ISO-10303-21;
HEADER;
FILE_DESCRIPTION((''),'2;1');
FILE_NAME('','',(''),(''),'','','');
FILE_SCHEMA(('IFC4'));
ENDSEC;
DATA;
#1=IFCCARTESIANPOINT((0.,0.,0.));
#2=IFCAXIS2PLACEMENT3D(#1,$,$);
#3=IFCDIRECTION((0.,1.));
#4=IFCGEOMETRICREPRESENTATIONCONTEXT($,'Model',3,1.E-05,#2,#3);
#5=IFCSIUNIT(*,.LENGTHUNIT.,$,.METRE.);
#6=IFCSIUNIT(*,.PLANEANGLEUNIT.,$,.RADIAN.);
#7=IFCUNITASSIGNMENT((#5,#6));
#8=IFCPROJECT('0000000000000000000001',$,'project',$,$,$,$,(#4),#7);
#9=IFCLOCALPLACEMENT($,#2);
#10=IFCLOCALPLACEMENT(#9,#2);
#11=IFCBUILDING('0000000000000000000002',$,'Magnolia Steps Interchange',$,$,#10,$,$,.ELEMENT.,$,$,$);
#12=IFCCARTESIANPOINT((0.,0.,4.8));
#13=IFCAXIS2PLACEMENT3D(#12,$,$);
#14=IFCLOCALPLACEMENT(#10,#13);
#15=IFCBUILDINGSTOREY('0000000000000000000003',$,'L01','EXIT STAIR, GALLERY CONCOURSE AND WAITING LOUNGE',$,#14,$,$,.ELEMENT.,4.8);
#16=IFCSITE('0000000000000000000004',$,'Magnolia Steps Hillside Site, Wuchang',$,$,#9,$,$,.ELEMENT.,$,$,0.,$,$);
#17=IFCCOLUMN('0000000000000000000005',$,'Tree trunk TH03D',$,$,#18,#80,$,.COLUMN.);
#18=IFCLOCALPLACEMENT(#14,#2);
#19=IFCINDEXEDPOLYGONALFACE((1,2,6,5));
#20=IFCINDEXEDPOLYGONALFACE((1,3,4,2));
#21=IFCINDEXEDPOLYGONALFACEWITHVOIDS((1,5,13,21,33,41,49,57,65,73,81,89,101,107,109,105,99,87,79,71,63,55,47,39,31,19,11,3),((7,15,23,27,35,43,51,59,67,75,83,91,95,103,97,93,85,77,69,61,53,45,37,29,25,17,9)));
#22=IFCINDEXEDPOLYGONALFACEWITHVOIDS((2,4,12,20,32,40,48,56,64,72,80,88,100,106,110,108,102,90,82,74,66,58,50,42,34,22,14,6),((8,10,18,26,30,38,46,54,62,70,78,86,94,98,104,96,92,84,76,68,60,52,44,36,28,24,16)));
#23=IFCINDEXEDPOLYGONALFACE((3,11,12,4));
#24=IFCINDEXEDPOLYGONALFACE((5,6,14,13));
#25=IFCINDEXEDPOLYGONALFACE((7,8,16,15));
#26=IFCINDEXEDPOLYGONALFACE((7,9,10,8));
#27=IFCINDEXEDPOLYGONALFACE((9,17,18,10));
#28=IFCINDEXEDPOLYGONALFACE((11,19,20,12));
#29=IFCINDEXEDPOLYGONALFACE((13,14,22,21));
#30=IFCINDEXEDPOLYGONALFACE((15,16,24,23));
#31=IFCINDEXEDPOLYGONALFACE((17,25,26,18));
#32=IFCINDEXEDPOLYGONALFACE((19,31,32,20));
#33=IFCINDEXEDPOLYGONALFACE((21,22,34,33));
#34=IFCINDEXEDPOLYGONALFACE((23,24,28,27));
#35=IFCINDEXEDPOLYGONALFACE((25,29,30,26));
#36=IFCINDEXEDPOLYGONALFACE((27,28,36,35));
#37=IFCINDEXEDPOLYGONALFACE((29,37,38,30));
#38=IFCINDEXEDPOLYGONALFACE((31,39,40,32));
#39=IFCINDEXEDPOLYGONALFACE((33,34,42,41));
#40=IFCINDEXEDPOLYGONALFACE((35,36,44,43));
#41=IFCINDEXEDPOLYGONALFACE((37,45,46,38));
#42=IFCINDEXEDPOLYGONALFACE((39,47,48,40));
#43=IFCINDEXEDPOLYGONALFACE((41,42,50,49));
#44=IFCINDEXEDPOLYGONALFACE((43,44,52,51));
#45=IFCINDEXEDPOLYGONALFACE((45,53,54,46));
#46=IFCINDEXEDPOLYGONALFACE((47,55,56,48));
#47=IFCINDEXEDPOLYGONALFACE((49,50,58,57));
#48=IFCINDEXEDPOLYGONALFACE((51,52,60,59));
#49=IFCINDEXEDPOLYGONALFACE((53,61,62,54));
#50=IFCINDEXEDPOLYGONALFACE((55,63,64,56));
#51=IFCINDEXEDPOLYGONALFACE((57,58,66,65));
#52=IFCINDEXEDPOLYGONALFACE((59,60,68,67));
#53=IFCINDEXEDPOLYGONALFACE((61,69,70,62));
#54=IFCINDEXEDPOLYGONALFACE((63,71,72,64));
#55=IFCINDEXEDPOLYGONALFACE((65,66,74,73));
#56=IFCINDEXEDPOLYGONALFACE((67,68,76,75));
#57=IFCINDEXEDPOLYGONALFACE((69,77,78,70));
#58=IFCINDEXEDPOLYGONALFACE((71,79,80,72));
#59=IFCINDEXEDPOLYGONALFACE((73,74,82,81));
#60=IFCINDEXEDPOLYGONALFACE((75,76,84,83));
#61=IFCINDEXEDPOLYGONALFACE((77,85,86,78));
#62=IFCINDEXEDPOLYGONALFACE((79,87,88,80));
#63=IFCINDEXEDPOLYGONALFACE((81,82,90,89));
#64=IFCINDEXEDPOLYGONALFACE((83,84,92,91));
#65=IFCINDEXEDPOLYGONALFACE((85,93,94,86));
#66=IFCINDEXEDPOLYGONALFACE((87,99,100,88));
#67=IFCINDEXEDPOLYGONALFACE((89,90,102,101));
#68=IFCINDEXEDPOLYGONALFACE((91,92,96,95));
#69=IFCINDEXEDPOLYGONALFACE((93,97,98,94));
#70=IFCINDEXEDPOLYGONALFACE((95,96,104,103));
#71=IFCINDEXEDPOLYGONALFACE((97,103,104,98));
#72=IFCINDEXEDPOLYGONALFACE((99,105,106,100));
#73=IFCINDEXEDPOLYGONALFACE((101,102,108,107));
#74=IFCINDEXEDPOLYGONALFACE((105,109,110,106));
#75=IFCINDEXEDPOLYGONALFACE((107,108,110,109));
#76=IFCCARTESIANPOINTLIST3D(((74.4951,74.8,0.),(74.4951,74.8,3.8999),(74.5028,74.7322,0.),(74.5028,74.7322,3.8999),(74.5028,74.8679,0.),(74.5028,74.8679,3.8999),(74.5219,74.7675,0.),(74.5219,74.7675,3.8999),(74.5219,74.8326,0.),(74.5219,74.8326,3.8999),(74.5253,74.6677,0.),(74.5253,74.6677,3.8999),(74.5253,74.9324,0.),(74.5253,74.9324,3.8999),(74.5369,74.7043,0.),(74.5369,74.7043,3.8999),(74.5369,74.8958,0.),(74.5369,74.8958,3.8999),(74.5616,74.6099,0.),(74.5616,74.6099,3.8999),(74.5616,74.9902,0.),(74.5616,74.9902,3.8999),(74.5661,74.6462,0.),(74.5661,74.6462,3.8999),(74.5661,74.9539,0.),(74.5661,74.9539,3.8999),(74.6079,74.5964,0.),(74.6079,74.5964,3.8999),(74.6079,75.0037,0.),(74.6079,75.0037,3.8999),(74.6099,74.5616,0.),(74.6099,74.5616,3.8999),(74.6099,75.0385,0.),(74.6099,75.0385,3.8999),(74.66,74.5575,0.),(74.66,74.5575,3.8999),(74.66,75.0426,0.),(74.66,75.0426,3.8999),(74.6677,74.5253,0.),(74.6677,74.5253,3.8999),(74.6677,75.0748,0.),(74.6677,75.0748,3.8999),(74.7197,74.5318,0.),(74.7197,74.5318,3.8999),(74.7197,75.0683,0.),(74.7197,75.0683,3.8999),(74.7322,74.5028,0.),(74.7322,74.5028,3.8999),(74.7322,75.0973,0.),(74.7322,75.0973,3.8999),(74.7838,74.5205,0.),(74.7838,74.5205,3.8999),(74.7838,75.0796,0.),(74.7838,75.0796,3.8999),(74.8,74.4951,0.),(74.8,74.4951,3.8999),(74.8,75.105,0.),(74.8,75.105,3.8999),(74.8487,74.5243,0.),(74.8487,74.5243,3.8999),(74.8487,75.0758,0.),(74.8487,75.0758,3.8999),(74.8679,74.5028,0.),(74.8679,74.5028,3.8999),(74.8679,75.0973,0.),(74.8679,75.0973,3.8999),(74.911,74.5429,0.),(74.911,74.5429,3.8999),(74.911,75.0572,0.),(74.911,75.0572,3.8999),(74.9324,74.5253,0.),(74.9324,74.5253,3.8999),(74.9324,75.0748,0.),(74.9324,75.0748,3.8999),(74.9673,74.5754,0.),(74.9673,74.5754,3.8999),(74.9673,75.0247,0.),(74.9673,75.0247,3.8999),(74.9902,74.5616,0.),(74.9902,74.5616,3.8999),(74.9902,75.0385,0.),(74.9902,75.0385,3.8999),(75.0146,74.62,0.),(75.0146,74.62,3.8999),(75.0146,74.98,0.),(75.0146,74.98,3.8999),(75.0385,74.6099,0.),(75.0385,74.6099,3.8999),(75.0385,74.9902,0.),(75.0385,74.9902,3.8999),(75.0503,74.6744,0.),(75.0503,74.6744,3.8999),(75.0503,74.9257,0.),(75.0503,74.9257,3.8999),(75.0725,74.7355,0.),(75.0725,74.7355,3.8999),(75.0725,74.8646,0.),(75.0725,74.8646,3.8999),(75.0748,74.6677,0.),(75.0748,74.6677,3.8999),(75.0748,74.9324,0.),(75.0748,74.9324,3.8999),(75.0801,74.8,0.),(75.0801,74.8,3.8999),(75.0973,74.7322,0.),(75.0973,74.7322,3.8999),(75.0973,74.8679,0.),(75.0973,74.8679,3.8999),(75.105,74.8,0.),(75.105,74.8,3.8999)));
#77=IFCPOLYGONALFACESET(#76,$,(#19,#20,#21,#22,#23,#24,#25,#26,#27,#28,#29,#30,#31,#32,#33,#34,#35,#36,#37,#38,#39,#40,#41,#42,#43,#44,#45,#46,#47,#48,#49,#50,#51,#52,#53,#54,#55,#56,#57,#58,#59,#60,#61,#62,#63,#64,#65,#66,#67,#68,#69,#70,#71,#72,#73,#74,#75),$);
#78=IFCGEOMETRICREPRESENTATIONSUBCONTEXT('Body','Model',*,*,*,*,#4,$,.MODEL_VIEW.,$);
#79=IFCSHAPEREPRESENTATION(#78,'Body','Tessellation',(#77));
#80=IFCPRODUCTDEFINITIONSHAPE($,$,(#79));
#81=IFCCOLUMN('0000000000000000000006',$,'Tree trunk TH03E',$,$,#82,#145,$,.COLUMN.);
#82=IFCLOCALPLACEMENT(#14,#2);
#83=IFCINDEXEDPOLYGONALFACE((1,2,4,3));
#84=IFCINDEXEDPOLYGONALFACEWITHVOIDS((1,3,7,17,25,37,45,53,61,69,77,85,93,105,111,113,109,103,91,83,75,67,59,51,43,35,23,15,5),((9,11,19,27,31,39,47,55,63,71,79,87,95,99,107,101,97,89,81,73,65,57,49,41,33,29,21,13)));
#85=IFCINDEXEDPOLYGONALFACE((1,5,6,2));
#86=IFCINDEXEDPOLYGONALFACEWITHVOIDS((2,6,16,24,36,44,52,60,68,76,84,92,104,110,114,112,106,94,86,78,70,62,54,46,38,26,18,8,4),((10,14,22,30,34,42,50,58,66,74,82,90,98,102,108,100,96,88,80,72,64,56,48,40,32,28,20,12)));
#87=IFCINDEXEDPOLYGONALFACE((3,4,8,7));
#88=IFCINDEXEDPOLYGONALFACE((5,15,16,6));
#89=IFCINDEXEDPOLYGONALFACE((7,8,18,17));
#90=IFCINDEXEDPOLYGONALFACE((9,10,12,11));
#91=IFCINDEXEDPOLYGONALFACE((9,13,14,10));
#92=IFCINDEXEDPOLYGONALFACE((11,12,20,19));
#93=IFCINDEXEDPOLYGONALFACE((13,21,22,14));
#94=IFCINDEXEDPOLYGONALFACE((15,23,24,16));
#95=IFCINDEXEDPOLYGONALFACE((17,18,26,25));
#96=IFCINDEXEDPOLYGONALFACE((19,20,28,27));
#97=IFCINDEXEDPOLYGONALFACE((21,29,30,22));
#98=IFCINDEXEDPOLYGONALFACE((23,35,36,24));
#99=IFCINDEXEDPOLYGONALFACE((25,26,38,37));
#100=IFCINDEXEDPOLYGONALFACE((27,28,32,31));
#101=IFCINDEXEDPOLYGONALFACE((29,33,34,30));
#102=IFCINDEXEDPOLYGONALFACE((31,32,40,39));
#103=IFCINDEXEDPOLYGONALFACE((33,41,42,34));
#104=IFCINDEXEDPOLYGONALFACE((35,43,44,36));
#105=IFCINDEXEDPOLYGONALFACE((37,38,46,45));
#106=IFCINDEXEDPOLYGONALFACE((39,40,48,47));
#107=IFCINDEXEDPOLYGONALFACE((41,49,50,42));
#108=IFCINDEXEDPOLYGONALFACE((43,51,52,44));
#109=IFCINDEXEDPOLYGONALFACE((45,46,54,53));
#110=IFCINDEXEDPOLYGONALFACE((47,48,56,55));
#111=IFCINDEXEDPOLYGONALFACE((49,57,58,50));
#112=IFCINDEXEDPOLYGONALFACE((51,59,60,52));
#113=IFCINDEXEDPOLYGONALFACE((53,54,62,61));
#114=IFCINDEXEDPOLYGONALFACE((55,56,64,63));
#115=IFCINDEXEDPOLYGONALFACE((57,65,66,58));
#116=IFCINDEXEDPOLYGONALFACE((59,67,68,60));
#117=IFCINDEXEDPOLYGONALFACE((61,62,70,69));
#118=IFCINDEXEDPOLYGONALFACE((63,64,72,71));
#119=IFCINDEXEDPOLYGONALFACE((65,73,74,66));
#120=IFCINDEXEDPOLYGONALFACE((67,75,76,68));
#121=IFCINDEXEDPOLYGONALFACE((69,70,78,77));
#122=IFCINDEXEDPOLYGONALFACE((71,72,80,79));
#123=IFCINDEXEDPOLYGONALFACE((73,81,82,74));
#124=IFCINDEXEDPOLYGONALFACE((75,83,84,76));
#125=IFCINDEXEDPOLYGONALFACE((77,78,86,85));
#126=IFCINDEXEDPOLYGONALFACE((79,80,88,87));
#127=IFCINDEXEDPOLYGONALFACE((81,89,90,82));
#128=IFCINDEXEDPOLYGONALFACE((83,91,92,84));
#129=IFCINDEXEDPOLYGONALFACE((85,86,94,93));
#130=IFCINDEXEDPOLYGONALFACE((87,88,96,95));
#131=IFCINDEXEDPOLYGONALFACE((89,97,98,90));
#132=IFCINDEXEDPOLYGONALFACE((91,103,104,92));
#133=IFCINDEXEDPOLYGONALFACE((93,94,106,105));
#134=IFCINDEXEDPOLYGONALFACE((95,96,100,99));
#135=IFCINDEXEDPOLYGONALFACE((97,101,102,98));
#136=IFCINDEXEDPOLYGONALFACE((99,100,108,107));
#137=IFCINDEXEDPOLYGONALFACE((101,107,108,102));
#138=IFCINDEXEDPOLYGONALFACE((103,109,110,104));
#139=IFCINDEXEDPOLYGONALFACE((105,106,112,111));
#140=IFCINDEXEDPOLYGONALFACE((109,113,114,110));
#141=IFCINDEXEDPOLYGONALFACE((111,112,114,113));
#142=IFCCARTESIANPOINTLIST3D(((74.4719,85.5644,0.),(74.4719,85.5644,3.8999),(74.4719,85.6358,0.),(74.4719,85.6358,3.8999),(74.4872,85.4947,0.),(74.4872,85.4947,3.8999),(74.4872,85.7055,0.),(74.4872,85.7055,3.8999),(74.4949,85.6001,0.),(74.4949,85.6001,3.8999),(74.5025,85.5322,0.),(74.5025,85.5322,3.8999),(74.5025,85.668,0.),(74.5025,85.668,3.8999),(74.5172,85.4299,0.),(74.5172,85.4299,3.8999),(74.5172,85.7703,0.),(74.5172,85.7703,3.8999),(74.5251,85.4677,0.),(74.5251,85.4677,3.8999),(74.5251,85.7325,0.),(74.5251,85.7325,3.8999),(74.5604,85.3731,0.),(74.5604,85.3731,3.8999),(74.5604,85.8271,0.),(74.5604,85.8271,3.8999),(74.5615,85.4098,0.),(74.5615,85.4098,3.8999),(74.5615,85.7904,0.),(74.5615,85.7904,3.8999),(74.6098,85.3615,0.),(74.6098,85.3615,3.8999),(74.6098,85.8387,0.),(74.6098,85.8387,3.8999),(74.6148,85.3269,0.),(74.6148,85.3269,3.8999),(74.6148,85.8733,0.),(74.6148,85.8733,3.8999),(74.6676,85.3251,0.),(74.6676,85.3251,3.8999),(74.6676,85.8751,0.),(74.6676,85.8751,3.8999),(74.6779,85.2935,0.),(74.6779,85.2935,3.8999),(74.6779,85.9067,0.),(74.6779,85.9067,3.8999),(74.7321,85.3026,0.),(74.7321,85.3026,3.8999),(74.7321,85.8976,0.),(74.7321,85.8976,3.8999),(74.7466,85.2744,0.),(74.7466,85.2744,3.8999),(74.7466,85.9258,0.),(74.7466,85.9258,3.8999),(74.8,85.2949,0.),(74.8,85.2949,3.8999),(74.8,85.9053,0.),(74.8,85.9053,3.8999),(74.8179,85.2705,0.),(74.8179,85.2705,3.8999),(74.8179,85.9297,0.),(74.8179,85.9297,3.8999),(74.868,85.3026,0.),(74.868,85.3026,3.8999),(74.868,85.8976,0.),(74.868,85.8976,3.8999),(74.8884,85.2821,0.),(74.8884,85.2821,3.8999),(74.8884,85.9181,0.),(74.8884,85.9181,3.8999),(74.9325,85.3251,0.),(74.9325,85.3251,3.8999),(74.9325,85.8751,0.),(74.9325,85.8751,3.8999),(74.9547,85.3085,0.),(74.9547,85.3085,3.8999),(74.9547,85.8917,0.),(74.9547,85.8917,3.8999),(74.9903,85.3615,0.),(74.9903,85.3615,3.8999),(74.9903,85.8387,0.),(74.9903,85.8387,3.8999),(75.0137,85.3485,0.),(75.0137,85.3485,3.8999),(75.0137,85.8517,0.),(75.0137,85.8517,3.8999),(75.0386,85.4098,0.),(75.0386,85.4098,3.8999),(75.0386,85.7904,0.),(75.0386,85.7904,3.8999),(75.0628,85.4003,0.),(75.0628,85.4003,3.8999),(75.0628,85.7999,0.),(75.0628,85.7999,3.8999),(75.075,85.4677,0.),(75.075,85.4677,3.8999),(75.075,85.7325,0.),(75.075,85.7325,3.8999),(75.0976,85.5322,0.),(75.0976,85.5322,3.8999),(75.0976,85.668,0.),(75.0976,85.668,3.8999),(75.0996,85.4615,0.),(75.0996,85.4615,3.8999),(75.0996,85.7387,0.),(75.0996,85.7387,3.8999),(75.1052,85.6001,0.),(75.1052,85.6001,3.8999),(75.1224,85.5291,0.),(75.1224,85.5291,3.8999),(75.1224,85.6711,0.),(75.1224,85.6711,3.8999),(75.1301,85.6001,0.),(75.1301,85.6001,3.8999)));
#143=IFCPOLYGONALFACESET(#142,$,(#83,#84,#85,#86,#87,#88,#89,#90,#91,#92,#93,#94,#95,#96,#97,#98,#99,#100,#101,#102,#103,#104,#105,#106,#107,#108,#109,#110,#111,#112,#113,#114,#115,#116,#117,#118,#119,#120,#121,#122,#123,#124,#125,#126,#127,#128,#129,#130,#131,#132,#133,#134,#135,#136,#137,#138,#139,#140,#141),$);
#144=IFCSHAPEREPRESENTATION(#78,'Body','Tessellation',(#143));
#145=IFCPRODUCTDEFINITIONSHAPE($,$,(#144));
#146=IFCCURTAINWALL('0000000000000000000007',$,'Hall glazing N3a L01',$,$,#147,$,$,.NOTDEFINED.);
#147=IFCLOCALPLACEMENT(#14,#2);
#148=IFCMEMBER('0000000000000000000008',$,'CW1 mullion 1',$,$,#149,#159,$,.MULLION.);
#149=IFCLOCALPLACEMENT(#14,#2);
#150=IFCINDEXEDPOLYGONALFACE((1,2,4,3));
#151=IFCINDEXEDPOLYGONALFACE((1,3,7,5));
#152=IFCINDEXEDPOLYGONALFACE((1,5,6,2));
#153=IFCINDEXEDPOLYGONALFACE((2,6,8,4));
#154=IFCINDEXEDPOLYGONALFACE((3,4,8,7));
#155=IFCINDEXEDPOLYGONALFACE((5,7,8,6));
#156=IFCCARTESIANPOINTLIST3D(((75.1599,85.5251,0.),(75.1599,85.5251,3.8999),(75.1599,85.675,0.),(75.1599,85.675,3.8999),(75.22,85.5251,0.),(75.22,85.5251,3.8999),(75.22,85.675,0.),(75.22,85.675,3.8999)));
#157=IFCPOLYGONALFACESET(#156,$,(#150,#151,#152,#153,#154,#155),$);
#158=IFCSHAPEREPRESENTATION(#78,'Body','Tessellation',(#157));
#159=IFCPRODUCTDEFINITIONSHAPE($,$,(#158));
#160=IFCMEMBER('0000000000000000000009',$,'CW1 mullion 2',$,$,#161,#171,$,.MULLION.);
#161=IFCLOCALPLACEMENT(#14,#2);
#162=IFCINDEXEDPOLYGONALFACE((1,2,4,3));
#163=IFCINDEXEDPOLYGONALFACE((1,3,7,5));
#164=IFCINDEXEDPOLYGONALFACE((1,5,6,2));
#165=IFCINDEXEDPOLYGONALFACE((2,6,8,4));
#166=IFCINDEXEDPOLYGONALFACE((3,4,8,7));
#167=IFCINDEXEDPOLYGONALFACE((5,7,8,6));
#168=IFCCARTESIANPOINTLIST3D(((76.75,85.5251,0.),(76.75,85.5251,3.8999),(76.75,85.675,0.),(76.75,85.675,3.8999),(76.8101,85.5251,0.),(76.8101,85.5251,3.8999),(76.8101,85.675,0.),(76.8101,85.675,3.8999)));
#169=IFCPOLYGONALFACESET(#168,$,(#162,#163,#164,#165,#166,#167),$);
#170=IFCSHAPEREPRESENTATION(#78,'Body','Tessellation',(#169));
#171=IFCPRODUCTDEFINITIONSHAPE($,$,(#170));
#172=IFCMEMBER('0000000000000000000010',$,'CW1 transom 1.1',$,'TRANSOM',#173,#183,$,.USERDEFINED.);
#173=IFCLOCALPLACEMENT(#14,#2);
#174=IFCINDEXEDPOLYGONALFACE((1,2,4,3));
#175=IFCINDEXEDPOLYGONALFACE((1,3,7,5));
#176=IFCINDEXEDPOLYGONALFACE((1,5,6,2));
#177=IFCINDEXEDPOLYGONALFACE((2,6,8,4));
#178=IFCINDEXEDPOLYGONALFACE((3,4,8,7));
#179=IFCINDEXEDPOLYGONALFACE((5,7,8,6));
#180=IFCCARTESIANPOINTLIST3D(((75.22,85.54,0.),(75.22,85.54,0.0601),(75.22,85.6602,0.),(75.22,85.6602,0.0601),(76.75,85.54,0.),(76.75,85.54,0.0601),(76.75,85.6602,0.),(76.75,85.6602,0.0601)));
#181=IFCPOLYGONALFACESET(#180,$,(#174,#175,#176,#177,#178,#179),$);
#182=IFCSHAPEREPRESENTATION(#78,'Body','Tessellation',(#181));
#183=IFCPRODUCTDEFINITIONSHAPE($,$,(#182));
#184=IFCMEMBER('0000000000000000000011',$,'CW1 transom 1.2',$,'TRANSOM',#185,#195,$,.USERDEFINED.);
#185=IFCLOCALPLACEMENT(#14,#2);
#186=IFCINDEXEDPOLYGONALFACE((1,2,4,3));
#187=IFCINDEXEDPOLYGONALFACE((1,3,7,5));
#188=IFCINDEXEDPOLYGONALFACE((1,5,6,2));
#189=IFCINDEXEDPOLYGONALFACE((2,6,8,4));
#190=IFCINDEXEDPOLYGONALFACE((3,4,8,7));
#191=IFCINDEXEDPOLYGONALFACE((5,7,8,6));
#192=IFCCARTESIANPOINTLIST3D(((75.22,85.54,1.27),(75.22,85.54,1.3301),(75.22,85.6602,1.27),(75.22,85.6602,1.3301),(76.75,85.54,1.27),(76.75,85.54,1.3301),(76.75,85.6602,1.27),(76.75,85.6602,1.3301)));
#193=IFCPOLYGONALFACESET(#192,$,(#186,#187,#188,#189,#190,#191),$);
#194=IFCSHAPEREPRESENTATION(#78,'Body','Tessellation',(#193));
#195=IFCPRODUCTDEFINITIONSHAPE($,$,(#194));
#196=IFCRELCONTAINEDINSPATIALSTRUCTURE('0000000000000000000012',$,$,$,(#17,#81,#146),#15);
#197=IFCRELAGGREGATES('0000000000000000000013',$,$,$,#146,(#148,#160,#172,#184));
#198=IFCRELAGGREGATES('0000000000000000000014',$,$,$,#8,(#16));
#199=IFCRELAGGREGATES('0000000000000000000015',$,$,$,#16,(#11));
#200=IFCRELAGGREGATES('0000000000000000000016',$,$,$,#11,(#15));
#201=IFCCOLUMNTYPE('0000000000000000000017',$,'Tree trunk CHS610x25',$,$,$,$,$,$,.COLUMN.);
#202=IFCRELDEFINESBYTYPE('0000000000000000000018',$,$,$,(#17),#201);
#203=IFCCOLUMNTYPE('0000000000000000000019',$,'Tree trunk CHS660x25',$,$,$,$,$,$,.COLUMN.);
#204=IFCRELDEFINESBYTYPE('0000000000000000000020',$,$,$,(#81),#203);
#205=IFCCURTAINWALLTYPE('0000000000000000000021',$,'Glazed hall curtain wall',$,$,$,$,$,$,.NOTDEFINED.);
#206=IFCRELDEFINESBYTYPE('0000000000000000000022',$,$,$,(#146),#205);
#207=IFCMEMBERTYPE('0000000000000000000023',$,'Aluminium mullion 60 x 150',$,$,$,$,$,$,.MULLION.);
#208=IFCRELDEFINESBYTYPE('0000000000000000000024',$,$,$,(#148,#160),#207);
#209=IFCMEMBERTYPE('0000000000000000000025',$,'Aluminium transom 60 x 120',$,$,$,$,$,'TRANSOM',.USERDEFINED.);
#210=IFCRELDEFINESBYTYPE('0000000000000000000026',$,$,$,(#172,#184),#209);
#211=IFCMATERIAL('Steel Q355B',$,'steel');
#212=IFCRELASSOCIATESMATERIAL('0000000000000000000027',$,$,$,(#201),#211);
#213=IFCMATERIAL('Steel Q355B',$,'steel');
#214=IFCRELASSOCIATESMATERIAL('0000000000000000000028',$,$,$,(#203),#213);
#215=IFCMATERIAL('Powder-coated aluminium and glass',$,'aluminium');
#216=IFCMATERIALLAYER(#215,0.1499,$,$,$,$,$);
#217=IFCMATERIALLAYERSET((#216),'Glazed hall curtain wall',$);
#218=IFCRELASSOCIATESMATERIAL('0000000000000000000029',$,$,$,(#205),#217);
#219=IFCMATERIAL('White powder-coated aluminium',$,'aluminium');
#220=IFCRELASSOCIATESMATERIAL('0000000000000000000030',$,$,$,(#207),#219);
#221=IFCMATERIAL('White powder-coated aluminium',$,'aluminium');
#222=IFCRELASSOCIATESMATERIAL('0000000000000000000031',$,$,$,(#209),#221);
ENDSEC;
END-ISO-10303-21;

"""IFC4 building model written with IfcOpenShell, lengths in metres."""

from ifc_helpers import new_model, si_unit, direction, frame, origin, origin_2d, place, context, subcontext, project, spatial, rectangle, hollow_circle, extrude, material, layer, layer_set, material_profile, profile_set, type_object, element, aggregate, save


model = new_model("IFC4")

# Units and contexts
model_context = context("Model", 3, precision=1e-05, world=origin(), true_north=direction((0.0, 1.0)))
body_context = subcontext(model_context, "Body", "Model", "MODEL_VIEW")
ifc_project = project(units=[si_unit("LENGTHUNIT", "METRE"), si_unit("PLANEANGLEUNIT", "RADIAN")], contexts=[model_context])

# Site, building, storey
site_placement = place(None, origin())
site = spatial("IfcSite", under=ifc_project, at=site_placement, Name="Magnolia Steps Hillside Site, Wuchang", CompositionType="ELEMENT", RefElevation=0.0)
building_placement = place(site_placement, origin())
building = spatial("IfcBuilding", under=site, at=building_placement, Name="Magnolia Steps Interchange", CompositionType="ELEMENT")
storey_placement = place(building_placement, frame((0.0, 0.0, 4.8)))
storey = spatial("IfcBuildingStorey", under=building, at=storey_placement, Name="L01", Description="EXIT STAIR, GALLERY CONCOURSE AND WAITING LOUNGE", CompositionType="ELEMENT", Elevation=4.8)

# Columns
ifc_material_1 = material(Name="Steel Q355B", Category="steel")
ifc_material_profile_1 = material_profile(ifc_material_1, hollow_circle(Radius=0.3049, WallThickness=0.0249, at=origin_2d()), Name="CHS610x25")
ifc_profile_set_1 = profile_set([ifc_material_profile_1], Name="Steel Q355B")
column_type_1 = type_object("IfcColumnType", Name="Tree trunk CHS610x25", PredefinedType="COLUMN", material=ifc_profile_set_1)
column_1_placement = place(storey_placement, frame((74.8, 74.8, 0.0), z_axis=(0.0, 0.0, 1.0), x_axis=(1.0, 0.0, 0.0)))
element("IfcColumn", 1, at=column_1_placement, inside=storey, type_object=column_type_1, Name="Tree trunk TH03D", PredefinedType="COLUMN", context=body_context, shape_type="SweptSolid", body=[
    extrude(hollow_circle(Radius=0.3049, WallThickness=0.0249, at=origin_2d()), origin(), (0.0, 0.0, 1.0), 3.8999),
])
ifc_material_2 = material(Name="Steel Q355B", Category="steel")
ifc_material_profile_2 = material_profile(ifc_material_2, hollow_circle(Radius=0.3301, WallThickness=0.0249, at=origin_2d()), Name="CHS660x25")
ifc_profile_set_2 = profile_set([ifc_material_profile_2], Name="Steel Q355B")
column_type_2 = type_object("IfcColumnType", Name="Tree trunk CHS660x25", PredefinedType="COLUMN", material=ifc_profile_set_2)
column_2_placement = place(storey_placement, frame((74.8, 85.6001, 0.0), z_axis=(0.0, 0.0, 1.0), x_axis=(1.0, 0.0, 0.0)))
element("IfcColumn", 2, at=column_2_placement, inside=storey, type_object=column_type_2, Name="Tree trunk TH03E", PredefinedType="COLUMN", context=body_context, shape_type="SweptSolid", body=[
    extrude(hollow_circle(Radius=0.3301, WallThickness=0.0249, at=origin_2d()), origin(), (0.0, 0.0, 1.0), 3.8999),
])

# Curtain wall, members
ifc_material_3 = material(Name="Powder-coated aluminium and glass", Category="aluminium")
ifc_layer_1 = layer(ifc_material_3, 0.1499)
ifc_layer_set_1 = layer_set([ifc_layer_1], Name="Glazed hall curtain wall")
curtain_wall_type = type_object("IfcCurtainWallType", Name="Glazed hall curtain wall", PredefinedType="NOTDEFINED", material=ifc_layer_set_1)
curtain_wall_placement = place(storey_placement, origin())
curtain_wall = element("IfcCurtainWall", 3, at=curtain_wall_placement, inside=storey, type_object=curtain_wall_type, Name="Hall glazing N3a L01", PredefinedType="NOTDEFINED")
ifc_material_4 = material(Name="White powder-coated aluminium", Category="aluminium")
ifc_material_profile_3 = material_profile(ifc_material_4, rectangle(XDim=0.0601, YDim=0.1499, at=origin_2d()), Name="Aluminium mullion 60 x 150")
ifc_profile_set_3 = profile_set([ifc_material_profile_3], Name="White powder-coated aluminium")
member_type_1 = type_object("IfcMemberType", Name="Aluminium mullion 60 x 150", PredefinedType="MULLION", material=ifc_profile_set_3)
member_1_placement = place(storey_placement, frame((75.1899, 85.6001, 0.0), z_axis=(0.0, 0.0, 1.0), x_axis=(1.0, 0.0, 0.0)))
member_1 = element("IfcMember", 4, at=member_1_placement, type_object=member_type_1, Name="CW1 mullion 1", PredefinedType="MULLION", context=body_context, shape_type="SweptSolid", body=[
    extrude(rectangle(XDim=0.0601, YDim=0.1499, at=origin_2d()), origin(), (0.0, 0.0, 1.0), 3.8999),
])
member_2_placement = place(storey_placement, frame((76.78, 85.6001, 0.0), z_axis=(0.0, 0.0, 1.0), x_axis=(1.0, 0.0, 0.0)))
member_2 = element("IfcMember", 5, at=member_2_placement, type_object=member_type_1, Name="CW1 mullion 2", PredefinedType="MULLION", context=body_context, shape_type="SweptSolid", body=[
    extrude(rectangle(XDim=0.0601, YDim=0.1499, at=origin_2d()), origin(), (0.0, 0.0, 1.0), 3.8999),
])
ifc_material_5 = material(Name="White powder-coated aluminium", Category="aluminium")
ifc_material_profile_4 = material_profile(ifc_material_5, rectangle(XDim=0.0601, YDim=0.1201, at=origin_2d()), Name="Aluminium transom 60 x 120")
ifc_profile_set_4 = profile_set([ifc_material_profile_4], Name="White powder-coated aluminium")
member_type_2 = type_object("IfcMemberType", Name="Aluminium transom 60 x 120", ElementType="TRANSOM", PredefinedType="USERDEFINED", material=ifc_profile_set_4)
member_3_placement = place(storey_placement, frame((75.22, 85.6001, 0.03), z_axis=(1.0, 0.0, 0.0), x_axis=(0.0, 0.0, 1.0)))
member_3 = element("IfcMember", 6, at=member_3_placement, type_object=member_type_2, Name="CW1 transom 1.1", ObjectType="TRANSOM", PredefinedType="USERDEFINED", context=body_context, shape_type="SweptSolid", body=[
    extrude(rectangle(XDim=0.0601, YDim=0.1201, at=origin_2d()), origin(), (0.0, 0.0, 1.0), 1.53),
])
member_4_placement = place(storey_placement, frame((75.22, 85.6001, 1.3), z_axis=(1.0, 0.0, 0.0), x_axis=(0.0, 0.0, 1.0)))
member_4 = element("IfcMember", 7, at=member_4_placement, type_object=member_type_2, Name="CW1 transom 1.2", ObjectType="TRANSOM", PredefinedType="USERDEFINED", context=body_context, shape_type="SweptSolid", body=[
    extrude(rectangle(XDim=0.0601, YDim=0.1201, at=origin_2d()), origin(), (0.0, 0.0, 1.0), 1.53),
])

aggregate(curtain_wall, [member_1, member_2, member_3, member_4])

save(model, "model.ifc")
